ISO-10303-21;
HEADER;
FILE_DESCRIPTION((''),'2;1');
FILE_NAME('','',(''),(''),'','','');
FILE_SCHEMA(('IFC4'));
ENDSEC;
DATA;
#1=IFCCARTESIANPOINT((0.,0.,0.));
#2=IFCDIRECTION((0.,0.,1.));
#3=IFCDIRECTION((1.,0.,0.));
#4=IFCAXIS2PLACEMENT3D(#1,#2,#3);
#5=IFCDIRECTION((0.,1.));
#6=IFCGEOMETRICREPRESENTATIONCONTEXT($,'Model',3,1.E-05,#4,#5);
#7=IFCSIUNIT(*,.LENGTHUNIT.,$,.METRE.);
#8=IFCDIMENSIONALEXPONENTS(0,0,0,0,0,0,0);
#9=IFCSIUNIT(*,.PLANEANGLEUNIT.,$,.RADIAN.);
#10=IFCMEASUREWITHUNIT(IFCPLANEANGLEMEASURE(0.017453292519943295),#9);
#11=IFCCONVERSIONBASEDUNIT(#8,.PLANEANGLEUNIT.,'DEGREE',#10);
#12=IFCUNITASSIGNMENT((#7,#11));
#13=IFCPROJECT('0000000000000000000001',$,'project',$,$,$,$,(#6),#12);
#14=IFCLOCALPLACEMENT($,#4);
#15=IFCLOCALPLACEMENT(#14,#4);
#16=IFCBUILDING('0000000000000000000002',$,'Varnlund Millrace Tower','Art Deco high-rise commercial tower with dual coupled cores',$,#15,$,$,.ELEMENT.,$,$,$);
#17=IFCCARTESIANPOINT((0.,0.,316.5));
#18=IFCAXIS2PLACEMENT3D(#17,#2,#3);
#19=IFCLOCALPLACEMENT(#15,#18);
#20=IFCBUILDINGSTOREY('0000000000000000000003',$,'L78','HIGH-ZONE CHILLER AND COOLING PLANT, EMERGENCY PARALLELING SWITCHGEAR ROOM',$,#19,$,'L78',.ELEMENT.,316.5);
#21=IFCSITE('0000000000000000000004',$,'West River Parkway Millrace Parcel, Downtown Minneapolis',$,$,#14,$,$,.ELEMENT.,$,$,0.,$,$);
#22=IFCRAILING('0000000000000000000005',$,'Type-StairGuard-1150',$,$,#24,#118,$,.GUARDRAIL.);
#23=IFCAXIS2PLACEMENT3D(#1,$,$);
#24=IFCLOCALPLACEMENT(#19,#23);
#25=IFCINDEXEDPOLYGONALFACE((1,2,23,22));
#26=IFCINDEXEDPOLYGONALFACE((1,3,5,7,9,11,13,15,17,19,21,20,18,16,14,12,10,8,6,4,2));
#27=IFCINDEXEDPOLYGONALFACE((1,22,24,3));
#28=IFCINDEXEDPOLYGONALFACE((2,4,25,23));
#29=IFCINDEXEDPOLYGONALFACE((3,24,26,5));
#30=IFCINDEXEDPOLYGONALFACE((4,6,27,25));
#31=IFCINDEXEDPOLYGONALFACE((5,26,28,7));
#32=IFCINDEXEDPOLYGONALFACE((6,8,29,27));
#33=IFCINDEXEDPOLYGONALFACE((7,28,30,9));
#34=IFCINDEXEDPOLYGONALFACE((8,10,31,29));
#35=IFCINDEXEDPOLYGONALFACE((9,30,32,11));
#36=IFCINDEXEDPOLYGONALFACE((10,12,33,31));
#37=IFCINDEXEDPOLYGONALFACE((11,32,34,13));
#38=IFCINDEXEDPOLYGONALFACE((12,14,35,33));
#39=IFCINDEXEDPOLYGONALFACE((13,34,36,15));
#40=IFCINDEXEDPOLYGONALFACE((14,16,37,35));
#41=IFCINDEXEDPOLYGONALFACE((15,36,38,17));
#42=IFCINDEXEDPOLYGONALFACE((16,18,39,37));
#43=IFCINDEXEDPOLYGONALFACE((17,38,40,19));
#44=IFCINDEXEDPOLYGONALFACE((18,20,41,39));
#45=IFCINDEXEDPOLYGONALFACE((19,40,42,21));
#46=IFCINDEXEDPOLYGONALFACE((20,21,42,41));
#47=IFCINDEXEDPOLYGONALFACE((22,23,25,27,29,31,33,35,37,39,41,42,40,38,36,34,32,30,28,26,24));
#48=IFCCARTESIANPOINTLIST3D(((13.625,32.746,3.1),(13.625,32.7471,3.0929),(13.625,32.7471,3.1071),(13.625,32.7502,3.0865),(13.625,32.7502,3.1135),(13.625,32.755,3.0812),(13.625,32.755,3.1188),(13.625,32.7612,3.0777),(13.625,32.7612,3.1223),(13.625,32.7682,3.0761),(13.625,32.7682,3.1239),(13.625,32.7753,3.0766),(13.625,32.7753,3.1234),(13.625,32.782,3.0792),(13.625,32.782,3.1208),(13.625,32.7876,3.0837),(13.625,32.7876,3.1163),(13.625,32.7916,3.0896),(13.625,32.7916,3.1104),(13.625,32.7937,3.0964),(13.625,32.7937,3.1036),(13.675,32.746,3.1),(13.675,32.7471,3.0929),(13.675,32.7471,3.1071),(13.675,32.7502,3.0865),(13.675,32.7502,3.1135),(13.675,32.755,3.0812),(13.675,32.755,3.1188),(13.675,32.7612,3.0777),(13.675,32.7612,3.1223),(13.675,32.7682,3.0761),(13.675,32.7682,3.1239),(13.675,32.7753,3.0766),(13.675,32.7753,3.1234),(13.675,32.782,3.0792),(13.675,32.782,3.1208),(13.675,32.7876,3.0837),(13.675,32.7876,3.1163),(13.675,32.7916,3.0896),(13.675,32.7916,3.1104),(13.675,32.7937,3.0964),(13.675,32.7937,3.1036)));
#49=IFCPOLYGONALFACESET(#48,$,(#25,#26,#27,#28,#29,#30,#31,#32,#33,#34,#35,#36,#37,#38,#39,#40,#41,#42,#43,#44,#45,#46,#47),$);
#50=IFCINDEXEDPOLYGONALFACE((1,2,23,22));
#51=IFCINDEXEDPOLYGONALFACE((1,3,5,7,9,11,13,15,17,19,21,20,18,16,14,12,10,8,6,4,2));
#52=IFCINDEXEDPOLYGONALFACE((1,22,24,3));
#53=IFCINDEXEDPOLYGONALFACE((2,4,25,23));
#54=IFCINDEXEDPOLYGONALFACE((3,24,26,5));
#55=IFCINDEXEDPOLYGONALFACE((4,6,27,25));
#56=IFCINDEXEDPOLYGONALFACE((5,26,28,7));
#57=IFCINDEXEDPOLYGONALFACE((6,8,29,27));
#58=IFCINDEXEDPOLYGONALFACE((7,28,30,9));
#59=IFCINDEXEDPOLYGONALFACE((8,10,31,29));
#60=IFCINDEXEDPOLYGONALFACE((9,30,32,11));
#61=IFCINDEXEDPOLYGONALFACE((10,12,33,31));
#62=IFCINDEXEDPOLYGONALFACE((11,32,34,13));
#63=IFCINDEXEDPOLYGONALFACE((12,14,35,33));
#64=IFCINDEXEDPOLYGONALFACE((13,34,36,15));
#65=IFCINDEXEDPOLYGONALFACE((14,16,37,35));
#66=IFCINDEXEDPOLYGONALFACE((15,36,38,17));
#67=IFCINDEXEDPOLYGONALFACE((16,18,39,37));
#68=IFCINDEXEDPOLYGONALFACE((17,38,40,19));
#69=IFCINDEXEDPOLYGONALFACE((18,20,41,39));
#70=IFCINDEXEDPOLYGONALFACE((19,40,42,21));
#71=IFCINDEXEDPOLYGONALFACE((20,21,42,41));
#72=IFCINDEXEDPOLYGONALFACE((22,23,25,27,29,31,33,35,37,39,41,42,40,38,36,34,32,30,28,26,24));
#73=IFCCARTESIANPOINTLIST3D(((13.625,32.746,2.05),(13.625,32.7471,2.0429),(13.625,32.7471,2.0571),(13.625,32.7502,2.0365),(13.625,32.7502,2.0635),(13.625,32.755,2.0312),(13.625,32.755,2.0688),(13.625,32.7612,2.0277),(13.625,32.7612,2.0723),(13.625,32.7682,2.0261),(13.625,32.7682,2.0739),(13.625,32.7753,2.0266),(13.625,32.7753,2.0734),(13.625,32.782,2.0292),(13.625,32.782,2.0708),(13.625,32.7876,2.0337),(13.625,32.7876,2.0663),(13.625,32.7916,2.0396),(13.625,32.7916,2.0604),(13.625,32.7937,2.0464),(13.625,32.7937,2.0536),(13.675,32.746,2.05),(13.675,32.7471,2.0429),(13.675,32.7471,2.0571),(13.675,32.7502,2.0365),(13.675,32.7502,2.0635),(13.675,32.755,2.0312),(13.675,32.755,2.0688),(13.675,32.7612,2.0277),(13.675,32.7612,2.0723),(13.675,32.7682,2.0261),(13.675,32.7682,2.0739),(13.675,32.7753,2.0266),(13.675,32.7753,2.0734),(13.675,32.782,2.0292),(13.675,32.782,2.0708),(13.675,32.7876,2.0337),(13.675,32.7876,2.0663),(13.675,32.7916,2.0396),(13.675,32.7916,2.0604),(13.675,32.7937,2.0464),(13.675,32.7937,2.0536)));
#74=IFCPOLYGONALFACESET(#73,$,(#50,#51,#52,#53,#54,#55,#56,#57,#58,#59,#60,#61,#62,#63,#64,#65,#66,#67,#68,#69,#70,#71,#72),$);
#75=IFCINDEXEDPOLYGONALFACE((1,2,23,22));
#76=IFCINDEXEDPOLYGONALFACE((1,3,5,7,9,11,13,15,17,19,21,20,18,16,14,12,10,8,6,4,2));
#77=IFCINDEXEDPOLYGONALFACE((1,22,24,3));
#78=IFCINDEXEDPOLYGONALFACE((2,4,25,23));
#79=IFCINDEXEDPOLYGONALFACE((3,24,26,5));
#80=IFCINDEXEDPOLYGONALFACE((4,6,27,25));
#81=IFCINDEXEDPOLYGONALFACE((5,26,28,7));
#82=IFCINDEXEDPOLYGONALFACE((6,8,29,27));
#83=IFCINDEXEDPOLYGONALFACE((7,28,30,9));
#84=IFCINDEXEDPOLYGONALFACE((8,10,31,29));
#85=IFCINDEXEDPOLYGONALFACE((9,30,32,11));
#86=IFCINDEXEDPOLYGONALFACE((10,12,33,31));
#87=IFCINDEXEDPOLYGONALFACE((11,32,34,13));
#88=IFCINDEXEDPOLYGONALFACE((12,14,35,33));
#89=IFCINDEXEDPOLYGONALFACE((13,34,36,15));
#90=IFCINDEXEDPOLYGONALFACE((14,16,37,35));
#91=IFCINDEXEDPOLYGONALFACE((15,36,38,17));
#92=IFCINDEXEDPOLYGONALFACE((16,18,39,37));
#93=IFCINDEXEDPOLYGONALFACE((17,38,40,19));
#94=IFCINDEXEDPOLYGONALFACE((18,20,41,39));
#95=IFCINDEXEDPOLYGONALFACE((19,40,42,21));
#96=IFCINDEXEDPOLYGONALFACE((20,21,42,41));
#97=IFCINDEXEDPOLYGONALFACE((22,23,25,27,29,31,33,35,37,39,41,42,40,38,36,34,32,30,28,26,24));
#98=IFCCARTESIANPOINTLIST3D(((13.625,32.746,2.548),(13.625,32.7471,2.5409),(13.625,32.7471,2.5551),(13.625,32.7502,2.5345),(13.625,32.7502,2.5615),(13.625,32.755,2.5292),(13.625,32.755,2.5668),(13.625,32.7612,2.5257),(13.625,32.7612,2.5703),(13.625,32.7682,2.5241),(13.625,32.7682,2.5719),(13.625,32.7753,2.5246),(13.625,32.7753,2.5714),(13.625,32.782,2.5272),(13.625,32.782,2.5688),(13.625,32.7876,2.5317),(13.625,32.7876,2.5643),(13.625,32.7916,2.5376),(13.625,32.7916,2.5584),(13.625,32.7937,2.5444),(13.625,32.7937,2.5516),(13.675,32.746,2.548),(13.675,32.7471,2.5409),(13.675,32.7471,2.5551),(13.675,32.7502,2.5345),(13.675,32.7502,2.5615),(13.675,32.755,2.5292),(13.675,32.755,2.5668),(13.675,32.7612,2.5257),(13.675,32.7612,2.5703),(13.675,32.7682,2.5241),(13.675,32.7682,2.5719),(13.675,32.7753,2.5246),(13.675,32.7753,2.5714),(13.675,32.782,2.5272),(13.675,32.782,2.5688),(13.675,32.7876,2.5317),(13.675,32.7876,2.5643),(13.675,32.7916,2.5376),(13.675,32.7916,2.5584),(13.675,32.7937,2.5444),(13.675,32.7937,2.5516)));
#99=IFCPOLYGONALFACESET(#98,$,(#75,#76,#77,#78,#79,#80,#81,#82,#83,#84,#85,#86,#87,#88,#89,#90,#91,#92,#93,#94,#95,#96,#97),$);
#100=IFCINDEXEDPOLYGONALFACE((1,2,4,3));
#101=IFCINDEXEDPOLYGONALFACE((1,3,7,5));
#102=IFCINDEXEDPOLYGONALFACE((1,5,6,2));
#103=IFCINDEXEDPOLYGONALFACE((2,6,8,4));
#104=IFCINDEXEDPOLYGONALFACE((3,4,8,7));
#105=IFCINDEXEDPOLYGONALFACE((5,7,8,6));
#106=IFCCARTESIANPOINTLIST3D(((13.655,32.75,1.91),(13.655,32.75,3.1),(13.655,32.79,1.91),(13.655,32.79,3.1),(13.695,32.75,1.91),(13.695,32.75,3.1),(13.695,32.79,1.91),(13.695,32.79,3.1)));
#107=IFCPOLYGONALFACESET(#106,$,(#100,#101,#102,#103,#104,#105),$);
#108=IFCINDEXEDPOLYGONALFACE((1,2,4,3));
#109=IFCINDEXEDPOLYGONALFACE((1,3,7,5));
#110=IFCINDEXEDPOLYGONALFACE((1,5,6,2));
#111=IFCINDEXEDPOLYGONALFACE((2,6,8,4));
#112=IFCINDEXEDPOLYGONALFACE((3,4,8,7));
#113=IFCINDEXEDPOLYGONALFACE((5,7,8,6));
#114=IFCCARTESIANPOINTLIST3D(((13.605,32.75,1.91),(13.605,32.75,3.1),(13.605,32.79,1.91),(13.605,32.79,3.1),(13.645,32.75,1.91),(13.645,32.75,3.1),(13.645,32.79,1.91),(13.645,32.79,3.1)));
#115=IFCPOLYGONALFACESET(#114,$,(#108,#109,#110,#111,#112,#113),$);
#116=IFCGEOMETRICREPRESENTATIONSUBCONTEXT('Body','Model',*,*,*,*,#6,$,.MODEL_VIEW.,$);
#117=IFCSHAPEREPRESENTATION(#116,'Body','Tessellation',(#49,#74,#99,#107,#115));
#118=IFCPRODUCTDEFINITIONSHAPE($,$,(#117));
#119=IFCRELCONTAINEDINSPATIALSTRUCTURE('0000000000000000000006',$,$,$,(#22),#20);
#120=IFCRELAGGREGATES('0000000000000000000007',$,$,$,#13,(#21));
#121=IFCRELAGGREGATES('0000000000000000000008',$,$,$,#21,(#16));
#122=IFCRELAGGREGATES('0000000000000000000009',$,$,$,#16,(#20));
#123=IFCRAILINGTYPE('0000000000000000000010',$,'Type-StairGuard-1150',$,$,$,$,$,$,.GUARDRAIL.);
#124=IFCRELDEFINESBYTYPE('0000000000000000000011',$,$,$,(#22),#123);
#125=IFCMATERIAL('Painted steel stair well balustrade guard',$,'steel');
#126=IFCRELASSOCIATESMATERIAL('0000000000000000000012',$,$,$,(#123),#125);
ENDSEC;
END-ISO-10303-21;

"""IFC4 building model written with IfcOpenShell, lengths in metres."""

from ifc_helpers import new_model, entity, si_unit, converted_unit, direction, frame, origin_with_axes, origin_2d_with_axis, place, context, subcontext, project, spatial, rectangle, circle, extrude, material, type_object, element, save


model = new_model("IFC4")

# Units and contexts
model_context = context("Model", 3, precision=1e-05, world=origin_with_axes(), true_north=direction((0.0, 1.0)))
body_context = subcontext(model_context, "Body", "Model", "MODEL_VIEW")
ifc_project = project(units=[si_unit("LENGTHUNIT", "METRE"), converted_unit("PLANEANGLEUNIT", "DEGREE", entity("IfcPlaneAngleMeasure", 0.017453292519943295), si_unit("PLANEANGLEUNIT", "RADIAN"), dimensions=[0, 0, 0, 0, 0, 0, 0])], contexts=[model_context])

# Site, building, storey
site_placement = place(None, origin_with_axes())
site = spatial("IfcSite", under=ifc_project, at=site_placement, Name="West River Parkway Millrace Parcel, Downtown Minneapolis", CompositionType="ELEMENT", RefElevation=0.0)
building_placement = place(site_placement, origin_with_axes())
building = spatial("IfcBuilding", under=site, at=building_placement, Name="Varnlund Millrace Tower", Description="Art Deco high-rise commercial tower with dual coupled cores", CompositionType="ELEMENT")
storey_placement = place(building_placement, frame((0.0, 0.0, 316.5), z_axis=(0.0, 0.0, 1.0), x_axis=(1.0, 0.0, 0.0)))
storey = spatial("IfcBuildingStorey", under=building, at=storey_placement, Name="L78", Description="HIGH-ZONE CHILLER AND COOLING PLANT, EMERGENCY PARALLELING SWITCHGEAR ROOM", LongName="L78", CompositionType="ELEMENT", Elevation=316.5)

# Railing
ifc_material_1 = material(Name="Painted steel stair well balustrade guard", Category="steel")
railing_type_1 = type_object("IfcRailingType", Name="Type-StairGuard-1150", PredefinedType="GUARDRAIL", material=ifc_material_1)
railing_1_placement = place(storey_placement, frame((0.0, 0.0, -316.5), z_axis=(0.0, 0.0, 1.0), x_axis=(1.0, 0.0, 0.0)))
element("IfcRailing", 1, at=railing_1_placement, inside=storey, type_object=railing_type_1, Name="Type-StairGuard-1150", PredefinedType="GUARDRAIL", context=body_context, shape_type="SweptSolid", body=[
    extrude(circle(Radius=0.024, at=origin_2d_with_axis()), frame((13.675, 32.77, 319.6), z_axis=(-1.0, 0.0, 0.0), x_axis=(0.0, -1.0, 0.0)), (0.0, 0.0, 1.0), 0.05),
    extrude(circle(Radius=0.024, at=origin_2d_with_axis()), frame((13.675, 32.77, 318.55), z_axis=(-1.0, 0.0, 0.0), x_axis=(0.0, -1.0, 0.0)), (0.0, 0.0, 1.0), 0.05),
    extrude(circle(Radius=0.024, at=origin_2d_with_axis()), frame((13.675, 32.77, 319.048), z_axis=(-1.0, 0.0, 0.0), x_axis=(0.0, -1.0, 0.0)), (0.0, 0.0, 1.0), 0.05),
    extrude(rectangle(XDim=0.04, YDim=0.04, at=origin_2d_with_axis()), frame((13.675, 32.77, 318.41), z_axis=(0.0, 0.0, 1.0), x_axis=(1.0, 0.0, 0.0)), (0.0, 0.0, 1.0), 1.19),
    extrude(rectangle(XDim=0.04, YDim=0.04, at=origin_2d_with_axis()), frame((13.625, 32.77, 318.41), z_axis=(0.0, 0.0, 1.0), x_axis=(1.0, 0.0, 0.0)), (0.0, 0.0, 1.0), 1.19),
])

save(model, "model.ifc")
